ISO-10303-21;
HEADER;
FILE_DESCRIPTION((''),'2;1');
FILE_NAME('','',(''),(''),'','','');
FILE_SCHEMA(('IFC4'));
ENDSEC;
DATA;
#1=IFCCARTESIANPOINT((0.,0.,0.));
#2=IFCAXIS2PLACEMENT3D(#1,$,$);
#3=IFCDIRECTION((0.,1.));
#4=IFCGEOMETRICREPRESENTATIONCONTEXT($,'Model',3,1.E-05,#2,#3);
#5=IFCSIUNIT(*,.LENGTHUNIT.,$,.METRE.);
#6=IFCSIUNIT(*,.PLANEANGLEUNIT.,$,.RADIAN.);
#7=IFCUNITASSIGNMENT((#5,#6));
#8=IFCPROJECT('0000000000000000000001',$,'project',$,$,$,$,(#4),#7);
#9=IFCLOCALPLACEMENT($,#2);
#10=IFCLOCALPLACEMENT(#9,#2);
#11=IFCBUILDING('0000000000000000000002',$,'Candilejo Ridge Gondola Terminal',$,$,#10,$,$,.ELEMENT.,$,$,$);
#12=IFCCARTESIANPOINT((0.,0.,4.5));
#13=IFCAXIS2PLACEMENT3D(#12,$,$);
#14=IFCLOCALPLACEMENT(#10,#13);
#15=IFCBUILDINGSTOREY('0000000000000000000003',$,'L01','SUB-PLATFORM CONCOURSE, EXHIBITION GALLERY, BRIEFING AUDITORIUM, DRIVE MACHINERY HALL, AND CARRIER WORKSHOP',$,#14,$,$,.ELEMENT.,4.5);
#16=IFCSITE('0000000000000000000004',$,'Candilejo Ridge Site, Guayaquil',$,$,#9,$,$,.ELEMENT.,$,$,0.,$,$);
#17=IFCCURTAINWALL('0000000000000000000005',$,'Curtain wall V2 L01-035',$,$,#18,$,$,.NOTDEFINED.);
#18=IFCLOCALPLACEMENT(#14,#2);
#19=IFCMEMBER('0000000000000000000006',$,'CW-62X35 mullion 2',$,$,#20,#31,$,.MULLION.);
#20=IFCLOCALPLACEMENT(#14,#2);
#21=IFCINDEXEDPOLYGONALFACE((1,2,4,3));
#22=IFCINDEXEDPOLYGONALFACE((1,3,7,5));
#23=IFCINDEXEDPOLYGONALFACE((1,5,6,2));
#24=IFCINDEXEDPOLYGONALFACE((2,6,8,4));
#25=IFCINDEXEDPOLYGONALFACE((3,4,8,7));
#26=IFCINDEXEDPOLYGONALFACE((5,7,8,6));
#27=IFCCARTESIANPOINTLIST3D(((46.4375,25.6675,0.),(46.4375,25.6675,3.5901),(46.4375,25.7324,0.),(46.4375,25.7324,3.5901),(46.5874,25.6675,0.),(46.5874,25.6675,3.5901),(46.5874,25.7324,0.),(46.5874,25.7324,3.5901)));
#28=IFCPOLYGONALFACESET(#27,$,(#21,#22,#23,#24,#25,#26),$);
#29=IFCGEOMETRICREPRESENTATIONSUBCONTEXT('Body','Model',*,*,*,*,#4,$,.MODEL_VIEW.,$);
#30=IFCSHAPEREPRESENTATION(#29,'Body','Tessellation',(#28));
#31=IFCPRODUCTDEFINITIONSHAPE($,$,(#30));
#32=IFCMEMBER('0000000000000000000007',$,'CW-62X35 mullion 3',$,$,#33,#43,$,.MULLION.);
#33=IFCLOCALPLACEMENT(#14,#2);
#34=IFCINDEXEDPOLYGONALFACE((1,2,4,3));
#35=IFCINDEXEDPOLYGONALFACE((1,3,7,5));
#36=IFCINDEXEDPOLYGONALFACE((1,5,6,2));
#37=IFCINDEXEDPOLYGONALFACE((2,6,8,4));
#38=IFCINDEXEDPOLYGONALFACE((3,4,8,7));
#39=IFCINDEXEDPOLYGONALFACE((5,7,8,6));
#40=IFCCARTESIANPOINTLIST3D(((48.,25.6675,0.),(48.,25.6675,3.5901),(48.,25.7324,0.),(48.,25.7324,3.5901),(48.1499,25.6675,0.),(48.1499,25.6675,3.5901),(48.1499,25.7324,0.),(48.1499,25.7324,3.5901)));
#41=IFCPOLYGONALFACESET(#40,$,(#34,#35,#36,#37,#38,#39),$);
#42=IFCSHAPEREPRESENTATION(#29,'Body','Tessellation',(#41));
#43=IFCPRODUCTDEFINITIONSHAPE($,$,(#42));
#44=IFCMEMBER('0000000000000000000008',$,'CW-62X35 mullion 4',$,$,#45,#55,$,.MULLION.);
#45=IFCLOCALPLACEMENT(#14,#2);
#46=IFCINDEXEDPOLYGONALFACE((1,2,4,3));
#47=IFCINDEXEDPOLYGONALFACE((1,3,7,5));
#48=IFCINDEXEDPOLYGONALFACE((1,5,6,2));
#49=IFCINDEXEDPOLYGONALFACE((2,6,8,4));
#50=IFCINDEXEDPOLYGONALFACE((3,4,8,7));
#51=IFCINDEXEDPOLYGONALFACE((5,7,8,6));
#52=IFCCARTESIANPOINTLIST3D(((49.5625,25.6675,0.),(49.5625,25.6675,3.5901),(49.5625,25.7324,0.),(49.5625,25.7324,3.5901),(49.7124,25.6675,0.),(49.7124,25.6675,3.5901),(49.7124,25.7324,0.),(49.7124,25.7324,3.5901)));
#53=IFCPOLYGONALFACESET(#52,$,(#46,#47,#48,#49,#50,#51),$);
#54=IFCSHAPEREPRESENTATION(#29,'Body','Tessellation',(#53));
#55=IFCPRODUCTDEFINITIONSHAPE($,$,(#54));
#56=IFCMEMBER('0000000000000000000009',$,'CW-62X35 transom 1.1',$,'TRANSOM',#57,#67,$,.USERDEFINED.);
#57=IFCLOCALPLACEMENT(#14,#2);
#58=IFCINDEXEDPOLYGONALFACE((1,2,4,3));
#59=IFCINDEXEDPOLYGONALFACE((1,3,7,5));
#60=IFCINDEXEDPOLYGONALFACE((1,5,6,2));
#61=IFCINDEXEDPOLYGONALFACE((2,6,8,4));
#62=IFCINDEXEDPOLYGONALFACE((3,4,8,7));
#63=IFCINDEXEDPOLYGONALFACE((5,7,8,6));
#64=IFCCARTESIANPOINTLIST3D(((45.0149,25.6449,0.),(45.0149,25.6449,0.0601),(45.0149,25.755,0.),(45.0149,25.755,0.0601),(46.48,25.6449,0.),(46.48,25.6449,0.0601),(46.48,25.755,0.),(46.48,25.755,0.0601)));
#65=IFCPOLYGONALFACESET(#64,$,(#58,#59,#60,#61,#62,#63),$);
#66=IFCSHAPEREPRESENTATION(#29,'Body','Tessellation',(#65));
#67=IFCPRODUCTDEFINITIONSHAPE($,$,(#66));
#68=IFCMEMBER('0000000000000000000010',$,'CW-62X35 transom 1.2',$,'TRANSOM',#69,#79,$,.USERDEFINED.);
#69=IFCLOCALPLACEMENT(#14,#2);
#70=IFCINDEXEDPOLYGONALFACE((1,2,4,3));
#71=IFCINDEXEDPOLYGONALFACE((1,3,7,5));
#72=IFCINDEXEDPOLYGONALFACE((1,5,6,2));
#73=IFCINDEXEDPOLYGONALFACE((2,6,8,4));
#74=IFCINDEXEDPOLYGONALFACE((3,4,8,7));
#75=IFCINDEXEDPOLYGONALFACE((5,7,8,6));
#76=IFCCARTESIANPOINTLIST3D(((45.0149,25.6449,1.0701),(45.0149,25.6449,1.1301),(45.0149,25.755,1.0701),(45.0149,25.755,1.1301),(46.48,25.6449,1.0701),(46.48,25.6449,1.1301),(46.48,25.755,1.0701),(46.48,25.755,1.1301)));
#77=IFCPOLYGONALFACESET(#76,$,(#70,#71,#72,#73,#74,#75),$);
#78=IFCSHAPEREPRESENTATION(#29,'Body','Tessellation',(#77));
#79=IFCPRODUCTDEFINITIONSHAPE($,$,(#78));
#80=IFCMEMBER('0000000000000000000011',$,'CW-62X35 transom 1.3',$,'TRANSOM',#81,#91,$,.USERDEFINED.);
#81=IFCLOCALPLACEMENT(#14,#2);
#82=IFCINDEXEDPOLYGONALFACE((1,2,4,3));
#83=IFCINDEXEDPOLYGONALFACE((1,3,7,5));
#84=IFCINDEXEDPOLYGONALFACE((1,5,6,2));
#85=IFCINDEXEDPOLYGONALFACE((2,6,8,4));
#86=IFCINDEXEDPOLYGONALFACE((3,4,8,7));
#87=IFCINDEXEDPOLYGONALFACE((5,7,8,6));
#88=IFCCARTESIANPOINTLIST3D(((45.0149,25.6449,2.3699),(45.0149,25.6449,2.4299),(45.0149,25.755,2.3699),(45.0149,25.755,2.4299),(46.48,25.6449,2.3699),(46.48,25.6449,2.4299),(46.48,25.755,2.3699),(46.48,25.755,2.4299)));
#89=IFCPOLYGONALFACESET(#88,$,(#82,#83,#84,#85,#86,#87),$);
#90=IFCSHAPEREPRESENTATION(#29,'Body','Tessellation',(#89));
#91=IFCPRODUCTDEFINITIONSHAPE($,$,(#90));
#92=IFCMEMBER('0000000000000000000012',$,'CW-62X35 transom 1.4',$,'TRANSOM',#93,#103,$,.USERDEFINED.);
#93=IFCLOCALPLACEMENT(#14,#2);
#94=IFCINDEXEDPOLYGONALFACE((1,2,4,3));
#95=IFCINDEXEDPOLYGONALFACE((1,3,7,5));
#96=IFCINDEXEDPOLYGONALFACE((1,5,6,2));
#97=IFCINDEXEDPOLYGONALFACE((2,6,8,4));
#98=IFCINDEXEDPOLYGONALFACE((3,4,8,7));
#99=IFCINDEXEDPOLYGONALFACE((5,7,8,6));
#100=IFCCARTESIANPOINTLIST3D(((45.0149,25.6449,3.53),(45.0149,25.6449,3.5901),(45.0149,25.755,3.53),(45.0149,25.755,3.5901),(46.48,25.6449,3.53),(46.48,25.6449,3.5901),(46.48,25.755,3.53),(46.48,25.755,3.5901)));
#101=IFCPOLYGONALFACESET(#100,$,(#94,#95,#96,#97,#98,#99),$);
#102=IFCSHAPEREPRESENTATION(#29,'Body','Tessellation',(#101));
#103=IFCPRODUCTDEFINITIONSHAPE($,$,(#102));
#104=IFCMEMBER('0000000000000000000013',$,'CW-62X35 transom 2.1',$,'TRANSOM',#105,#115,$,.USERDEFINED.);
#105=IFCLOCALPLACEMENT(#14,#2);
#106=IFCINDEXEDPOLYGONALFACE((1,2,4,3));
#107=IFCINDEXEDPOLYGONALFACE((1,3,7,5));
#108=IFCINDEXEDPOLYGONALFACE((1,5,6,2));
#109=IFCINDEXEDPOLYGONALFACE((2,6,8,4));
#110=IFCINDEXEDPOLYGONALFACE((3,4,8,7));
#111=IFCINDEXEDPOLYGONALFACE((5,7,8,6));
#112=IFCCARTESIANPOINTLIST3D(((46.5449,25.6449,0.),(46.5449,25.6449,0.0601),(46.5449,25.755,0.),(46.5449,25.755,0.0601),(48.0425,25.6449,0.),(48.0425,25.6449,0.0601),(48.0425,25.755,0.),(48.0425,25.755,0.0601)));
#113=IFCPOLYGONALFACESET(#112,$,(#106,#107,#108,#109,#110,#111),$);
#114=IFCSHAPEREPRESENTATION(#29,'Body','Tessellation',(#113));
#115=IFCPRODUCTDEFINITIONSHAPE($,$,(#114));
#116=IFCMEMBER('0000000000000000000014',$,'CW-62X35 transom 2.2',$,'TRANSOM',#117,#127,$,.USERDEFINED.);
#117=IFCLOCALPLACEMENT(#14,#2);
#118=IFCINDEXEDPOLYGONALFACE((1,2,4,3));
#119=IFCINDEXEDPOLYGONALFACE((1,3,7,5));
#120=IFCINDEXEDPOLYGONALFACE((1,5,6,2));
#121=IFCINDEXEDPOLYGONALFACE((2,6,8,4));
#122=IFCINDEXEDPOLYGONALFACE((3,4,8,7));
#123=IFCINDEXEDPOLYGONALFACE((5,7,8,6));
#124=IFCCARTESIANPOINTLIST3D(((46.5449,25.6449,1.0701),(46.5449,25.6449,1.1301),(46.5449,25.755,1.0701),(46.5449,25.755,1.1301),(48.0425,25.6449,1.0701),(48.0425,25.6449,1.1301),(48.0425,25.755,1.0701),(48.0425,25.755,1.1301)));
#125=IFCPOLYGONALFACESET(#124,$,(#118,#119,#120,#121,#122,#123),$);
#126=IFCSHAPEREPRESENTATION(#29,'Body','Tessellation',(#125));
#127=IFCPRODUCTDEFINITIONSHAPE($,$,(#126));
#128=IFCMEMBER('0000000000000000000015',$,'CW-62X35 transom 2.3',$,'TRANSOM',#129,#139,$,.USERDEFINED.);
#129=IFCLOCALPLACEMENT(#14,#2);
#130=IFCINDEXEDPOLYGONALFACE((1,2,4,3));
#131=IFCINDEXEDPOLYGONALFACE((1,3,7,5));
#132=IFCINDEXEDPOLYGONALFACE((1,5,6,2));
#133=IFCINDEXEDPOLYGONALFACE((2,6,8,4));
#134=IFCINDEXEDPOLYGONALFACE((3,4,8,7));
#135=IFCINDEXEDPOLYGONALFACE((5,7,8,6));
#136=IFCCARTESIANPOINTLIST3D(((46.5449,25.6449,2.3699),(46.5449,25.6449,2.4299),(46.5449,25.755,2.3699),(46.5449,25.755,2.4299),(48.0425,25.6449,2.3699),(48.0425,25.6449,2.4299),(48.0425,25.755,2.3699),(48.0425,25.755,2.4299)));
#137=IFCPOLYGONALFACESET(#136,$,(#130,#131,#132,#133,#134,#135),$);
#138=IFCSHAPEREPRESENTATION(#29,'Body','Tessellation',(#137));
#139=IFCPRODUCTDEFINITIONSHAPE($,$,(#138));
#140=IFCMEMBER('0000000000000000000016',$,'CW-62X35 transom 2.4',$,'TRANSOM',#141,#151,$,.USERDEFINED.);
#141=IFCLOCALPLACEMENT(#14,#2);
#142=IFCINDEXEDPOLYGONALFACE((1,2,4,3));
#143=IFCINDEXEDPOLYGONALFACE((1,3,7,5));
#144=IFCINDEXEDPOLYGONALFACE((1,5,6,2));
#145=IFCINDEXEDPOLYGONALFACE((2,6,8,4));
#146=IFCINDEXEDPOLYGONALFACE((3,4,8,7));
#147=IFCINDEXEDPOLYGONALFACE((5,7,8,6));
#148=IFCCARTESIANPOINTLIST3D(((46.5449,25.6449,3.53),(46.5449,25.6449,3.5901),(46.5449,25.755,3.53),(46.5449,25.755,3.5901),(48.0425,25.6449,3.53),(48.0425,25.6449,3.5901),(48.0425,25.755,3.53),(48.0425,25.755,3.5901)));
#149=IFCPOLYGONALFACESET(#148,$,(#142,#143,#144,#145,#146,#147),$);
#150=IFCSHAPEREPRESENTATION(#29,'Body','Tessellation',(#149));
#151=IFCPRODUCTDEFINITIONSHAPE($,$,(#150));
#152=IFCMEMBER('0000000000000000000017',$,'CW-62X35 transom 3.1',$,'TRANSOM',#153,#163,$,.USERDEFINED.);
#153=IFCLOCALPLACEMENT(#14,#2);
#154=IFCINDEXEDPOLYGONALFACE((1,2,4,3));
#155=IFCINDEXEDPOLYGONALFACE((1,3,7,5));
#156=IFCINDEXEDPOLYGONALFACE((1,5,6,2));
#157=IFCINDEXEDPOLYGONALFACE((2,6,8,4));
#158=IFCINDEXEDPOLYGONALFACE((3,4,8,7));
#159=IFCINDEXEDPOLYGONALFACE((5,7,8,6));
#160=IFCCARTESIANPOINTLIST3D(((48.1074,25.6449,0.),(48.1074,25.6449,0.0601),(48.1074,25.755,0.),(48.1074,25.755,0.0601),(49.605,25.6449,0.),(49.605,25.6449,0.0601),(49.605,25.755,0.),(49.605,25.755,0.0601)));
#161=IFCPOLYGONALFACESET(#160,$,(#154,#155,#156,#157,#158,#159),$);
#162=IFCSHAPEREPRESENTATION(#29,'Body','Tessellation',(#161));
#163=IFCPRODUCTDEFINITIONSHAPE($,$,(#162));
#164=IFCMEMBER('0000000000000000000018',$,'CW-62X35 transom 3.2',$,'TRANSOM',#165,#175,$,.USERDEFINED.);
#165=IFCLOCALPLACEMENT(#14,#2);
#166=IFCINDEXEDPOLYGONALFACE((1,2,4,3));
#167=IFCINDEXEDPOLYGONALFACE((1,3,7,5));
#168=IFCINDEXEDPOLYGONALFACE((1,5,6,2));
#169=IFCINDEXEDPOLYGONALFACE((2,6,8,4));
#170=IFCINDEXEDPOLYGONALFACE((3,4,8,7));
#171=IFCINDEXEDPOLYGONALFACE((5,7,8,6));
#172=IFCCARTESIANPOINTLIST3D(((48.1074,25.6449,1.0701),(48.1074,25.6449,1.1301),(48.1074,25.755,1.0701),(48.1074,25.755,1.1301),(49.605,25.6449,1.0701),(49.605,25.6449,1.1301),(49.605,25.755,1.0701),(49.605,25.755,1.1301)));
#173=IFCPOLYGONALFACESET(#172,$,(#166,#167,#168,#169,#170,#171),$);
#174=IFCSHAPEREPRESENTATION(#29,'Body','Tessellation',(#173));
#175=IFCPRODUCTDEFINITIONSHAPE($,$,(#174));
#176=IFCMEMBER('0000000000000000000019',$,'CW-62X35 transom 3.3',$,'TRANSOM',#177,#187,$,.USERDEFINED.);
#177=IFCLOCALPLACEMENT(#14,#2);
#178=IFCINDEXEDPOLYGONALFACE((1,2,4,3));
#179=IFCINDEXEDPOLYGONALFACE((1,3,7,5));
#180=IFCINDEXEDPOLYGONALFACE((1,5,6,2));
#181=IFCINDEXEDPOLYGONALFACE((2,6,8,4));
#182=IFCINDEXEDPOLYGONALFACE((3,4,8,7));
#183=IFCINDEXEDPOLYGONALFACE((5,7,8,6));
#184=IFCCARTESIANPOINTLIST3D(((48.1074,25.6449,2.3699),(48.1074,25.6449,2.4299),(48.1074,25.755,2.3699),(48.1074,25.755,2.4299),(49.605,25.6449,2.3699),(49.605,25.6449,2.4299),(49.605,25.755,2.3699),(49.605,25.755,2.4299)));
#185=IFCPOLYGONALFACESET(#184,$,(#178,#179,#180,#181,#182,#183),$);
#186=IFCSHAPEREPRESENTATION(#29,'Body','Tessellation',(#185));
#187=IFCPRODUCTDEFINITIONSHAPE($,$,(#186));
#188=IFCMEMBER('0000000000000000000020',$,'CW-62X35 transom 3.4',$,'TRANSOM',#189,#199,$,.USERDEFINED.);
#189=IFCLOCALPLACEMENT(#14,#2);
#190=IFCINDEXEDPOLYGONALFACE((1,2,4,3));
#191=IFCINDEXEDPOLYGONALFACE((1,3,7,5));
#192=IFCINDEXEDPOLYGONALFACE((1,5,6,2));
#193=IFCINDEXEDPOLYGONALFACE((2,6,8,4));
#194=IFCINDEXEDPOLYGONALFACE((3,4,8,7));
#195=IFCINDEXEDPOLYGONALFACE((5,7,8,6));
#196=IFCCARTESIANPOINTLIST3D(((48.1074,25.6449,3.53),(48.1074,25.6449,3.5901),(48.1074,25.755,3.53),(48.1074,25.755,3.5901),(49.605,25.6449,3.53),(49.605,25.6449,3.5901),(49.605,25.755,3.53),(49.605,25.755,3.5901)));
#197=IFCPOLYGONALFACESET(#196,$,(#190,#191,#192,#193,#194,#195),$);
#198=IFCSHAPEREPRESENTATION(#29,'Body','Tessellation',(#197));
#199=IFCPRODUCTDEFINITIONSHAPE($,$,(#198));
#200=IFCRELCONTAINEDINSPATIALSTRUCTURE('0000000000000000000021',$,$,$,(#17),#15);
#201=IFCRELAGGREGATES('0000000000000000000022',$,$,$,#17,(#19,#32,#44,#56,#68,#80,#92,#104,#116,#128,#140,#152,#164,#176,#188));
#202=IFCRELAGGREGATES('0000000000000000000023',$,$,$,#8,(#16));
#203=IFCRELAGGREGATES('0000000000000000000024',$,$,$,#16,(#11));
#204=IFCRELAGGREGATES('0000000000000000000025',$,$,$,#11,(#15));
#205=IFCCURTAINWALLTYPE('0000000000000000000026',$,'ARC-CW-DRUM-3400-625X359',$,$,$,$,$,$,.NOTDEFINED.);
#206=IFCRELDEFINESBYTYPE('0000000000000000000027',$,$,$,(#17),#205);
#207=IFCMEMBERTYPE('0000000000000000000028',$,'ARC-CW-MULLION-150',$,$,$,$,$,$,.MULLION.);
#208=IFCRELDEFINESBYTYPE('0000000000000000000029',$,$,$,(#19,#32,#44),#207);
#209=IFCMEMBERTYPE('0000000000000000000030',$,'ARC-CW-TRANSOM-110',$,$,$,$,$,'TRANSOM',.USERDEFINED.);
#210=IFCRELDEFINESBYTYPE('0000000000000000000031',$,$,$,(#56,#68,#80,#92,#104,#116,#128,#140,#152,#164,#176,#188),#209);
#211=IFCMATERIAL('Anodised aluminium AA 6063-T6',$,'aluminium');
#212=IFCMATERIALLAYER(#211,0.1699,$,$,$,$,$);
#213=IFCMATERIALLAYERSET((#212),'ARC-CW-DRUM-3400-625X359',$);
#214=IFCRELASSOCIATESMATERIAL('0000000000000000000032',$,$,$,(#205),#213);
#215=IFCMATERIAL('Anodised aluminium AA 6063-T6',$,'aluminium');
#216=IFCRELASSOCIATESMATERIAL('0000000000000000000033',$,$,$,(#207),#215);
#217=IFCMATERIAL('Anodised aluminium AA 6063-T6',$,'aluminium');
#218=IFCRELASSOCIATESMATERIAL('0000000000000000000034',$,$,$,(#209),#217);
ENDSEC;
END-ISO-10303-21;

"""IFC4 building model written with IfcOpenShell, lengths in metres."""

from ifc_helpers import new_model, si_unit, direction, frame, origin, origin_2d, place, context, subcontext, project, spatial, rectangle, extrude, material, layer, layer_set, material_profile, profile_set, type_object, element, aggregate, save


model = new_model("IFC4")

# Units and contexts
model_context = context("Model", 3, precision=1e-05, world=origin(), true_north=direction((0.0, 1.0)))
body_context = subcontext(model_context, "Body", "Model", "MODEL_VIEW")
ifc_project = project(units=[si_unit("LENGTHUNIT", "METRE"), si_unit("PLANEANGLEUNIT", "RADIAN")], contexts=[model_context])

# Site, building, storey
site_placement = place(None, origin())
site = spatial("IfcSite", under=ifc_project, at=site_placement, Name="Candilejo Ridge Site, Guayaquil", CompositionType="ELEMENT", RefElevation=0.0)
building_placement = place(site_placement, origin())
building = spatial("IfcBuilding", under=site, at=building_placement, Name="Candilejo Ridge Gondola Terminal", CompositionType="ELEMENT")
storey_placement = place(building_placement, frame((0.0, 0.0, 4.5)))
storey = spatial("IfcBuildingStorey", under=building, at=storey_placement, Name="L01", Description="SUB-PLATFORM CONCOURSE, EXHIBITION GALLERY, BRIEFING AUDITORIUM, DRIVE MACHINERY HALL, AND CARRIER WORKSHOP", CompositionType="ELEMENT", Elevation=4.5)

# Curtain wall, members
ifc_material_1 = material(Name="Anodised aluminium AA 6063-T6", Category="aluminium")
ifc_layer_1 = layer(ifc_material_1, 0.1699)
ifc_layer_set_1 = layer_set([ifc_layer_1], Name="ARC-CW-DRUM-3400-625X359")
curtain_wall_type = type_object("IfcCurtainWallType", Name="ARC-CW-DRUM-3400-625X359", PredefinedType="NOTDEFINED", material=ifc_layer_set_1)
curtain_wall_placement = place(storey_placement, origin())
curtain_wall = element("IfcCurtainWall", 1, at=curtain_wall_placement, inside=storey, type_object=curtain_wall_type, Name="Curtain wall V2 L01-035", PredefinedType="NOTDEFINED")
ifc_material_2 = material(Name="Anodised aluminium AA 6063-T6", Category="aluminium")
ifc_material_profile_1 = material_profile(ifc_material_2, rectangle(XDim=0.0649, YDim=0.1499, at=origin_2d()))
ifc_profile_set_1 = profile_set([ifc_material_profile_1], Name="Anodised aluminium AA 6063-T6")
member_type_1 = type_object("IfcMemberType", Name="ARC-CW-MULLION-150", PredefinedType="MULLION", material=ifc_profile_set_1)
member_1_placement = place(storey_placement, frame((46.5125, 25.7, 0.0), z_axis=(0.0, 0.0, 1.0), x_axis=(0.0, 1.0, 0.0)))
member_1 = element("IfcMember", 2, at=member_1_placement, type_object=member_type_1, Name="CW-62X35 mullion 2", PredefinedType="MULLION", context=body_context, shape_type="SweptSolid", body=[
    extrude(rectangle(XDim=0.0649, YDim=0.1499, at=origin_2d()), origin(), (0.0, 0.0, 1.0), 3.5901),
])
member_2_placement = place(storey_placement, frame((48.075, 25.7, 0.0), z_axis=(0.0, 0.0, 1.0), x_axis=(0.0, 1.0, 0.0)))
member_2 = element("IfcMember", 3, at=member_2_placement, type_object=member_type_1, Name="CW-62X35 mullion 3", PredefinedType="MULLION", context=body_context, shape_type="SweptSolid", body=[
    extrude(rectangle(XDim=0.0649, YDim=0.1499, at=origin_2d()), origin(), (0.0, 0.0, 1.0), 3.5901),
])
member_3_placement = place(storey_placement, frame((49.6375, 25.7, 0.0), z_axis=(0.0, 0.0, 1.0), x_axis=(0.0, 1.0, 0.0)))
member_3 = element("IfcMember", 4, at=member_3_placement, type_object=member_type_1, Name="CW-62X35 mullion 4", PredefinedType="MULLION", context=body_context, shape_type="SweptSolid", body=[
    extrude(rectangle(XDim=0.0649, YDim=0.1499, at=origin_2d()), origin(), (0.0, 0.0, 1.0), 3.5901),
])
ifc_material_3 = material(Name="Anodised aluminium AA 6063-T6", Category="aluminium")
ifc_material_profile_2 = material_profile(ifc_material_3, rectangle(XDim=0.1101, YDim=0.0601, at=origin_2d()))
ifc_profile_set_2 = profile_set([ifc_material_profile_2], Name="Anodised aluminium AA 6063-T6")
member_type_2 = type_object("IfcMemberType", Name="ARC-CW-TRANSOM-110", ElementType="TRANSOM", PredefinedType="USERDEFINED", material=ifc_profile_set_2)
member_4_placement = place(storey_placement, frame((45.0149, 25.7, 0.03), z_axis=(1.0, 0.0, 0.0), x_axis=(0.0, 1.0, 0.0)))
member_4 = element("IfcMember", 5, at=member_4_placement, type_object=member_type_2, Name="CW-62X35 transom 1.1", ObjectType="TRANSOM", PredefinedType="USERDEFINED", context=body_context, shape_type="SweptSolid", body=[
    extrude(rectangle(XDim=0.1101, YDim=0.0601, at=origin_2d()), origin(), (0.0, 0.0, 1.0), 1.4651),
])
member_5_placement = place(storey_placement, frame((45.0149, 25.7, 1.1001), z_axis=(1.0, 0.0, 0.0), x_axis=(0.0, 1.0, 0.0)))
member_5 = element("IfcMember", 6, at=member_5_placement, type_object=member_type_2, Name="CW-62X35 transom 1.2", ObjectType="TRANSOM", PredefinedType="USERDEFINED", context=body_context, shape_type="SweptSolid", body=[
    extrude(rectangle(XDim=0.1101, YDim=0.0601, at=origin_2d()), origin(), (0.0, 0.0, 1.0), 1.4651),
])
member_6_placement = place(storey_placement, frame((45.0149, 25.7, 2.3999), z_axis=(1.0, 0.0, 0.0), x_axis=(0.0, 1.0, 0.0)))
member_6 = element("IfcMember", 7, at=member_6_placement, type_object=member_type_2, Name="CW-62X35 transom 1.3", ObjectType="TRANSOM", PredefinedType="USERDEFINED", context=body_context, shape_type="SweptSolid", body=[
    extrude(rectangle(XDim=0.1101, YDim=0.0601, at=origin_2d()), origin(), (0.0, 0.0, 1.0), 1.4651),
])
member_7_placement = place(storey_placement, frame((45.0149, 25.7, 3.5601), z_axis=(1.0, 0.0, 0.0), x_axis=(0.0, 1.0, 0.0)))
member_7 = element("IfcMember", 8, at=member_7_placement, type_object=member_type_2, Name="CW-62X35 transom 1.4", ObjectType="TRANSOM", PredefinedType="USERDEFINED", context=body_context, shape_type="SweptSolid", body=[
    extrude(rectangle(XDim=0.1101, YDim=0.0601, at=origin_2d()), origin(), (0.0, 0.0, 1.0), 1.4651),
])
member_8_placement = place(storey_placement, frame((46.5449, 25.7, 0.03), z_axis=(1.0, 0.0, 0.0), x_axis=(0.0, 1.0, 0.0)))
member_8 = element("IfcMember", 9, at=member_8_placement, type_object=member_type_2, Name="CW-62X35 transom 2.1", ObjectType="TRANSOM", PredefinedType="USERDEFINED", context=body_context, shape_type="SweptSolid", body=[
    extrude(rectangle(XDim=0.1101, YDim=0.0601, at=origin_2d()), origin(), (0.0, 0.0, 1.0), 1.4976),
])
member_9_placement = place(storey_placement, frame((46.5449, 25.7, 1.1001), z_axis=(1.0, 0.0, 0.0), x_axis=(0.0, 1.0, 0.0)))
member_9 = element("IfcMember", 10, at=member_9_placement, type_object=member_type_2, Name="CW-62X35 transom 2.2", ObjectType="TRANSOM", PredefinedType="USERDEFINED", context=body_context, shape_type="SweptSolid", body=[
    extrude(rectangle(XDim=0.1101, YDim=0.0601, at=origin_2d()), origin(), (0.0, 0.0, 1.0), 1.4976),
])
member_10_placement = place(storey_placement, frame((46.5449, 25.7, 2.3999), z_axis=(1.0, 0.0, 0.0), x_axis=(0.0, 1.0, 0.0)))
member_10 = element("IfcMember", 11, at=member_10_placement, type_object=member_type_2, Name="CW-62X35 transom 2.3", ObjectType="TRANSOM", PredefinedType="USERDEFINED", context=body_context, shape_type="SweptSolid", body=[
    extrude(rectangle(XDim=0.1101, YDim=0.0601, at=origin_2d()), origin(), (0.0, 0.0, 1.0), 1.4976),
])
member_11_placement = place(storey_placement, frame((46.5449, 25.7, 3.5601), z_axis=(1.0, 0.0, 0.0), x_axis=(0.0, 1.0, 0.0)))
member_11 = element("IfcMember", 12, at=member_11_placement, type_object=member_type_2, Name="CW-62X35 transom 2.4", ObjectType="TRANSOM", PredefinedType="USERDEFINED", context=body_context, shape_type="SweptSolid", body=[
    extrude(rectangle(XDim=0.1101, YDim=0.0601, at=origin_2d()), origin(), (0.0, 0.0, 1.0), 1.4976),
])
member_12_placement = place(storey_placement, frame((48.1074, 25.7, 0.03), z_axis=(1.0, 0.0, 0.0), x_axis=(0.0, 1.0, 0.0)))
member_12 = element("IfcMember", 13, at=member_12_placement, type_object=member_type_2, Name="CW-62X35 transom 3.1", ObjectType="TRANSOM", PredefinedType="USERDEFINED", context=body_context, shape_type="SweptSolid", body=[
    extrude(rectangle(XDim=0.1101, YDim=0.0601, at=origin_2d()), origin(), (0.0, 0.0, 1.0), 1.4976),
])
member_13_placement = place(storey_placement, frame((48.1074, 25.7, 1.1001), z_axis=(1.0, 0.0, 0.0), x_axis=(0.0, 1.0, 0.0)))
member_13 = element("IfcMember", 14, at=member_13_placement, type_object=member_type_2, Name="CW-62X35 transom 3.2", ObjectType="TRANSOM", PredefinedType="USERDEFINED", context=body_context, shape_type="SweptSolid", body=[
    extrude(rectangle(XDim=0.1101, YDim=0.0601, at=origin_2d()), origin(), (0.0, 0.0, 1.0), 1.4976),
])
member_14_placement = place(storey_placement, frame((48.1074, 25.7, 2.3999), z_axis=(1.0, 0.0, 0.0), x_axis=(0.0, 1.0, 0.0)))
member_14 = element("IfcMember", 15, at=member_14_placement, type_object=member_type_2, Name="CW-62X35 transom 3.3", ObjectType="TRANSOM", PredefinedType="USERDEFINED", context=body_context, shape_type="SweptSolid", body=[
    extrude(rectangle(XDim=0.1101, YDim=0.0601, at=origin_2d()), origin(), (0.0, 0.0, 1.0), 1.4976),
])
member_15_placement = place(storey_placement, frame((48.1074, 25.7, 3.5601), z_axis=(1.0, 0.0, 0.0), x_axis=(0.0, 1.0, 0.0)))
member_15 = element("IfcMember", 16, at=member_15_placement, type_object=member_type_2, Name="CW-62X35 transom 3.4", ObjectType="TRANSOM", PredefinedType="USERDEFINED", context=body_context, shape_type="SweptSolid", body=[
    extrude(rectangle(XDim=0.1101, YDim=0.0601, at=origin_2d()), origin(), (0.0, 0.0, 1.0), 1.4976),
])
aggregate(curtain_wall, [member_1, member_2, member_3, member_4, member_5, member_6, member_7, member_8, member_9, member_10, member_11, member_12, member_13, member_14, member_15])

save(model, "model.ifc")
